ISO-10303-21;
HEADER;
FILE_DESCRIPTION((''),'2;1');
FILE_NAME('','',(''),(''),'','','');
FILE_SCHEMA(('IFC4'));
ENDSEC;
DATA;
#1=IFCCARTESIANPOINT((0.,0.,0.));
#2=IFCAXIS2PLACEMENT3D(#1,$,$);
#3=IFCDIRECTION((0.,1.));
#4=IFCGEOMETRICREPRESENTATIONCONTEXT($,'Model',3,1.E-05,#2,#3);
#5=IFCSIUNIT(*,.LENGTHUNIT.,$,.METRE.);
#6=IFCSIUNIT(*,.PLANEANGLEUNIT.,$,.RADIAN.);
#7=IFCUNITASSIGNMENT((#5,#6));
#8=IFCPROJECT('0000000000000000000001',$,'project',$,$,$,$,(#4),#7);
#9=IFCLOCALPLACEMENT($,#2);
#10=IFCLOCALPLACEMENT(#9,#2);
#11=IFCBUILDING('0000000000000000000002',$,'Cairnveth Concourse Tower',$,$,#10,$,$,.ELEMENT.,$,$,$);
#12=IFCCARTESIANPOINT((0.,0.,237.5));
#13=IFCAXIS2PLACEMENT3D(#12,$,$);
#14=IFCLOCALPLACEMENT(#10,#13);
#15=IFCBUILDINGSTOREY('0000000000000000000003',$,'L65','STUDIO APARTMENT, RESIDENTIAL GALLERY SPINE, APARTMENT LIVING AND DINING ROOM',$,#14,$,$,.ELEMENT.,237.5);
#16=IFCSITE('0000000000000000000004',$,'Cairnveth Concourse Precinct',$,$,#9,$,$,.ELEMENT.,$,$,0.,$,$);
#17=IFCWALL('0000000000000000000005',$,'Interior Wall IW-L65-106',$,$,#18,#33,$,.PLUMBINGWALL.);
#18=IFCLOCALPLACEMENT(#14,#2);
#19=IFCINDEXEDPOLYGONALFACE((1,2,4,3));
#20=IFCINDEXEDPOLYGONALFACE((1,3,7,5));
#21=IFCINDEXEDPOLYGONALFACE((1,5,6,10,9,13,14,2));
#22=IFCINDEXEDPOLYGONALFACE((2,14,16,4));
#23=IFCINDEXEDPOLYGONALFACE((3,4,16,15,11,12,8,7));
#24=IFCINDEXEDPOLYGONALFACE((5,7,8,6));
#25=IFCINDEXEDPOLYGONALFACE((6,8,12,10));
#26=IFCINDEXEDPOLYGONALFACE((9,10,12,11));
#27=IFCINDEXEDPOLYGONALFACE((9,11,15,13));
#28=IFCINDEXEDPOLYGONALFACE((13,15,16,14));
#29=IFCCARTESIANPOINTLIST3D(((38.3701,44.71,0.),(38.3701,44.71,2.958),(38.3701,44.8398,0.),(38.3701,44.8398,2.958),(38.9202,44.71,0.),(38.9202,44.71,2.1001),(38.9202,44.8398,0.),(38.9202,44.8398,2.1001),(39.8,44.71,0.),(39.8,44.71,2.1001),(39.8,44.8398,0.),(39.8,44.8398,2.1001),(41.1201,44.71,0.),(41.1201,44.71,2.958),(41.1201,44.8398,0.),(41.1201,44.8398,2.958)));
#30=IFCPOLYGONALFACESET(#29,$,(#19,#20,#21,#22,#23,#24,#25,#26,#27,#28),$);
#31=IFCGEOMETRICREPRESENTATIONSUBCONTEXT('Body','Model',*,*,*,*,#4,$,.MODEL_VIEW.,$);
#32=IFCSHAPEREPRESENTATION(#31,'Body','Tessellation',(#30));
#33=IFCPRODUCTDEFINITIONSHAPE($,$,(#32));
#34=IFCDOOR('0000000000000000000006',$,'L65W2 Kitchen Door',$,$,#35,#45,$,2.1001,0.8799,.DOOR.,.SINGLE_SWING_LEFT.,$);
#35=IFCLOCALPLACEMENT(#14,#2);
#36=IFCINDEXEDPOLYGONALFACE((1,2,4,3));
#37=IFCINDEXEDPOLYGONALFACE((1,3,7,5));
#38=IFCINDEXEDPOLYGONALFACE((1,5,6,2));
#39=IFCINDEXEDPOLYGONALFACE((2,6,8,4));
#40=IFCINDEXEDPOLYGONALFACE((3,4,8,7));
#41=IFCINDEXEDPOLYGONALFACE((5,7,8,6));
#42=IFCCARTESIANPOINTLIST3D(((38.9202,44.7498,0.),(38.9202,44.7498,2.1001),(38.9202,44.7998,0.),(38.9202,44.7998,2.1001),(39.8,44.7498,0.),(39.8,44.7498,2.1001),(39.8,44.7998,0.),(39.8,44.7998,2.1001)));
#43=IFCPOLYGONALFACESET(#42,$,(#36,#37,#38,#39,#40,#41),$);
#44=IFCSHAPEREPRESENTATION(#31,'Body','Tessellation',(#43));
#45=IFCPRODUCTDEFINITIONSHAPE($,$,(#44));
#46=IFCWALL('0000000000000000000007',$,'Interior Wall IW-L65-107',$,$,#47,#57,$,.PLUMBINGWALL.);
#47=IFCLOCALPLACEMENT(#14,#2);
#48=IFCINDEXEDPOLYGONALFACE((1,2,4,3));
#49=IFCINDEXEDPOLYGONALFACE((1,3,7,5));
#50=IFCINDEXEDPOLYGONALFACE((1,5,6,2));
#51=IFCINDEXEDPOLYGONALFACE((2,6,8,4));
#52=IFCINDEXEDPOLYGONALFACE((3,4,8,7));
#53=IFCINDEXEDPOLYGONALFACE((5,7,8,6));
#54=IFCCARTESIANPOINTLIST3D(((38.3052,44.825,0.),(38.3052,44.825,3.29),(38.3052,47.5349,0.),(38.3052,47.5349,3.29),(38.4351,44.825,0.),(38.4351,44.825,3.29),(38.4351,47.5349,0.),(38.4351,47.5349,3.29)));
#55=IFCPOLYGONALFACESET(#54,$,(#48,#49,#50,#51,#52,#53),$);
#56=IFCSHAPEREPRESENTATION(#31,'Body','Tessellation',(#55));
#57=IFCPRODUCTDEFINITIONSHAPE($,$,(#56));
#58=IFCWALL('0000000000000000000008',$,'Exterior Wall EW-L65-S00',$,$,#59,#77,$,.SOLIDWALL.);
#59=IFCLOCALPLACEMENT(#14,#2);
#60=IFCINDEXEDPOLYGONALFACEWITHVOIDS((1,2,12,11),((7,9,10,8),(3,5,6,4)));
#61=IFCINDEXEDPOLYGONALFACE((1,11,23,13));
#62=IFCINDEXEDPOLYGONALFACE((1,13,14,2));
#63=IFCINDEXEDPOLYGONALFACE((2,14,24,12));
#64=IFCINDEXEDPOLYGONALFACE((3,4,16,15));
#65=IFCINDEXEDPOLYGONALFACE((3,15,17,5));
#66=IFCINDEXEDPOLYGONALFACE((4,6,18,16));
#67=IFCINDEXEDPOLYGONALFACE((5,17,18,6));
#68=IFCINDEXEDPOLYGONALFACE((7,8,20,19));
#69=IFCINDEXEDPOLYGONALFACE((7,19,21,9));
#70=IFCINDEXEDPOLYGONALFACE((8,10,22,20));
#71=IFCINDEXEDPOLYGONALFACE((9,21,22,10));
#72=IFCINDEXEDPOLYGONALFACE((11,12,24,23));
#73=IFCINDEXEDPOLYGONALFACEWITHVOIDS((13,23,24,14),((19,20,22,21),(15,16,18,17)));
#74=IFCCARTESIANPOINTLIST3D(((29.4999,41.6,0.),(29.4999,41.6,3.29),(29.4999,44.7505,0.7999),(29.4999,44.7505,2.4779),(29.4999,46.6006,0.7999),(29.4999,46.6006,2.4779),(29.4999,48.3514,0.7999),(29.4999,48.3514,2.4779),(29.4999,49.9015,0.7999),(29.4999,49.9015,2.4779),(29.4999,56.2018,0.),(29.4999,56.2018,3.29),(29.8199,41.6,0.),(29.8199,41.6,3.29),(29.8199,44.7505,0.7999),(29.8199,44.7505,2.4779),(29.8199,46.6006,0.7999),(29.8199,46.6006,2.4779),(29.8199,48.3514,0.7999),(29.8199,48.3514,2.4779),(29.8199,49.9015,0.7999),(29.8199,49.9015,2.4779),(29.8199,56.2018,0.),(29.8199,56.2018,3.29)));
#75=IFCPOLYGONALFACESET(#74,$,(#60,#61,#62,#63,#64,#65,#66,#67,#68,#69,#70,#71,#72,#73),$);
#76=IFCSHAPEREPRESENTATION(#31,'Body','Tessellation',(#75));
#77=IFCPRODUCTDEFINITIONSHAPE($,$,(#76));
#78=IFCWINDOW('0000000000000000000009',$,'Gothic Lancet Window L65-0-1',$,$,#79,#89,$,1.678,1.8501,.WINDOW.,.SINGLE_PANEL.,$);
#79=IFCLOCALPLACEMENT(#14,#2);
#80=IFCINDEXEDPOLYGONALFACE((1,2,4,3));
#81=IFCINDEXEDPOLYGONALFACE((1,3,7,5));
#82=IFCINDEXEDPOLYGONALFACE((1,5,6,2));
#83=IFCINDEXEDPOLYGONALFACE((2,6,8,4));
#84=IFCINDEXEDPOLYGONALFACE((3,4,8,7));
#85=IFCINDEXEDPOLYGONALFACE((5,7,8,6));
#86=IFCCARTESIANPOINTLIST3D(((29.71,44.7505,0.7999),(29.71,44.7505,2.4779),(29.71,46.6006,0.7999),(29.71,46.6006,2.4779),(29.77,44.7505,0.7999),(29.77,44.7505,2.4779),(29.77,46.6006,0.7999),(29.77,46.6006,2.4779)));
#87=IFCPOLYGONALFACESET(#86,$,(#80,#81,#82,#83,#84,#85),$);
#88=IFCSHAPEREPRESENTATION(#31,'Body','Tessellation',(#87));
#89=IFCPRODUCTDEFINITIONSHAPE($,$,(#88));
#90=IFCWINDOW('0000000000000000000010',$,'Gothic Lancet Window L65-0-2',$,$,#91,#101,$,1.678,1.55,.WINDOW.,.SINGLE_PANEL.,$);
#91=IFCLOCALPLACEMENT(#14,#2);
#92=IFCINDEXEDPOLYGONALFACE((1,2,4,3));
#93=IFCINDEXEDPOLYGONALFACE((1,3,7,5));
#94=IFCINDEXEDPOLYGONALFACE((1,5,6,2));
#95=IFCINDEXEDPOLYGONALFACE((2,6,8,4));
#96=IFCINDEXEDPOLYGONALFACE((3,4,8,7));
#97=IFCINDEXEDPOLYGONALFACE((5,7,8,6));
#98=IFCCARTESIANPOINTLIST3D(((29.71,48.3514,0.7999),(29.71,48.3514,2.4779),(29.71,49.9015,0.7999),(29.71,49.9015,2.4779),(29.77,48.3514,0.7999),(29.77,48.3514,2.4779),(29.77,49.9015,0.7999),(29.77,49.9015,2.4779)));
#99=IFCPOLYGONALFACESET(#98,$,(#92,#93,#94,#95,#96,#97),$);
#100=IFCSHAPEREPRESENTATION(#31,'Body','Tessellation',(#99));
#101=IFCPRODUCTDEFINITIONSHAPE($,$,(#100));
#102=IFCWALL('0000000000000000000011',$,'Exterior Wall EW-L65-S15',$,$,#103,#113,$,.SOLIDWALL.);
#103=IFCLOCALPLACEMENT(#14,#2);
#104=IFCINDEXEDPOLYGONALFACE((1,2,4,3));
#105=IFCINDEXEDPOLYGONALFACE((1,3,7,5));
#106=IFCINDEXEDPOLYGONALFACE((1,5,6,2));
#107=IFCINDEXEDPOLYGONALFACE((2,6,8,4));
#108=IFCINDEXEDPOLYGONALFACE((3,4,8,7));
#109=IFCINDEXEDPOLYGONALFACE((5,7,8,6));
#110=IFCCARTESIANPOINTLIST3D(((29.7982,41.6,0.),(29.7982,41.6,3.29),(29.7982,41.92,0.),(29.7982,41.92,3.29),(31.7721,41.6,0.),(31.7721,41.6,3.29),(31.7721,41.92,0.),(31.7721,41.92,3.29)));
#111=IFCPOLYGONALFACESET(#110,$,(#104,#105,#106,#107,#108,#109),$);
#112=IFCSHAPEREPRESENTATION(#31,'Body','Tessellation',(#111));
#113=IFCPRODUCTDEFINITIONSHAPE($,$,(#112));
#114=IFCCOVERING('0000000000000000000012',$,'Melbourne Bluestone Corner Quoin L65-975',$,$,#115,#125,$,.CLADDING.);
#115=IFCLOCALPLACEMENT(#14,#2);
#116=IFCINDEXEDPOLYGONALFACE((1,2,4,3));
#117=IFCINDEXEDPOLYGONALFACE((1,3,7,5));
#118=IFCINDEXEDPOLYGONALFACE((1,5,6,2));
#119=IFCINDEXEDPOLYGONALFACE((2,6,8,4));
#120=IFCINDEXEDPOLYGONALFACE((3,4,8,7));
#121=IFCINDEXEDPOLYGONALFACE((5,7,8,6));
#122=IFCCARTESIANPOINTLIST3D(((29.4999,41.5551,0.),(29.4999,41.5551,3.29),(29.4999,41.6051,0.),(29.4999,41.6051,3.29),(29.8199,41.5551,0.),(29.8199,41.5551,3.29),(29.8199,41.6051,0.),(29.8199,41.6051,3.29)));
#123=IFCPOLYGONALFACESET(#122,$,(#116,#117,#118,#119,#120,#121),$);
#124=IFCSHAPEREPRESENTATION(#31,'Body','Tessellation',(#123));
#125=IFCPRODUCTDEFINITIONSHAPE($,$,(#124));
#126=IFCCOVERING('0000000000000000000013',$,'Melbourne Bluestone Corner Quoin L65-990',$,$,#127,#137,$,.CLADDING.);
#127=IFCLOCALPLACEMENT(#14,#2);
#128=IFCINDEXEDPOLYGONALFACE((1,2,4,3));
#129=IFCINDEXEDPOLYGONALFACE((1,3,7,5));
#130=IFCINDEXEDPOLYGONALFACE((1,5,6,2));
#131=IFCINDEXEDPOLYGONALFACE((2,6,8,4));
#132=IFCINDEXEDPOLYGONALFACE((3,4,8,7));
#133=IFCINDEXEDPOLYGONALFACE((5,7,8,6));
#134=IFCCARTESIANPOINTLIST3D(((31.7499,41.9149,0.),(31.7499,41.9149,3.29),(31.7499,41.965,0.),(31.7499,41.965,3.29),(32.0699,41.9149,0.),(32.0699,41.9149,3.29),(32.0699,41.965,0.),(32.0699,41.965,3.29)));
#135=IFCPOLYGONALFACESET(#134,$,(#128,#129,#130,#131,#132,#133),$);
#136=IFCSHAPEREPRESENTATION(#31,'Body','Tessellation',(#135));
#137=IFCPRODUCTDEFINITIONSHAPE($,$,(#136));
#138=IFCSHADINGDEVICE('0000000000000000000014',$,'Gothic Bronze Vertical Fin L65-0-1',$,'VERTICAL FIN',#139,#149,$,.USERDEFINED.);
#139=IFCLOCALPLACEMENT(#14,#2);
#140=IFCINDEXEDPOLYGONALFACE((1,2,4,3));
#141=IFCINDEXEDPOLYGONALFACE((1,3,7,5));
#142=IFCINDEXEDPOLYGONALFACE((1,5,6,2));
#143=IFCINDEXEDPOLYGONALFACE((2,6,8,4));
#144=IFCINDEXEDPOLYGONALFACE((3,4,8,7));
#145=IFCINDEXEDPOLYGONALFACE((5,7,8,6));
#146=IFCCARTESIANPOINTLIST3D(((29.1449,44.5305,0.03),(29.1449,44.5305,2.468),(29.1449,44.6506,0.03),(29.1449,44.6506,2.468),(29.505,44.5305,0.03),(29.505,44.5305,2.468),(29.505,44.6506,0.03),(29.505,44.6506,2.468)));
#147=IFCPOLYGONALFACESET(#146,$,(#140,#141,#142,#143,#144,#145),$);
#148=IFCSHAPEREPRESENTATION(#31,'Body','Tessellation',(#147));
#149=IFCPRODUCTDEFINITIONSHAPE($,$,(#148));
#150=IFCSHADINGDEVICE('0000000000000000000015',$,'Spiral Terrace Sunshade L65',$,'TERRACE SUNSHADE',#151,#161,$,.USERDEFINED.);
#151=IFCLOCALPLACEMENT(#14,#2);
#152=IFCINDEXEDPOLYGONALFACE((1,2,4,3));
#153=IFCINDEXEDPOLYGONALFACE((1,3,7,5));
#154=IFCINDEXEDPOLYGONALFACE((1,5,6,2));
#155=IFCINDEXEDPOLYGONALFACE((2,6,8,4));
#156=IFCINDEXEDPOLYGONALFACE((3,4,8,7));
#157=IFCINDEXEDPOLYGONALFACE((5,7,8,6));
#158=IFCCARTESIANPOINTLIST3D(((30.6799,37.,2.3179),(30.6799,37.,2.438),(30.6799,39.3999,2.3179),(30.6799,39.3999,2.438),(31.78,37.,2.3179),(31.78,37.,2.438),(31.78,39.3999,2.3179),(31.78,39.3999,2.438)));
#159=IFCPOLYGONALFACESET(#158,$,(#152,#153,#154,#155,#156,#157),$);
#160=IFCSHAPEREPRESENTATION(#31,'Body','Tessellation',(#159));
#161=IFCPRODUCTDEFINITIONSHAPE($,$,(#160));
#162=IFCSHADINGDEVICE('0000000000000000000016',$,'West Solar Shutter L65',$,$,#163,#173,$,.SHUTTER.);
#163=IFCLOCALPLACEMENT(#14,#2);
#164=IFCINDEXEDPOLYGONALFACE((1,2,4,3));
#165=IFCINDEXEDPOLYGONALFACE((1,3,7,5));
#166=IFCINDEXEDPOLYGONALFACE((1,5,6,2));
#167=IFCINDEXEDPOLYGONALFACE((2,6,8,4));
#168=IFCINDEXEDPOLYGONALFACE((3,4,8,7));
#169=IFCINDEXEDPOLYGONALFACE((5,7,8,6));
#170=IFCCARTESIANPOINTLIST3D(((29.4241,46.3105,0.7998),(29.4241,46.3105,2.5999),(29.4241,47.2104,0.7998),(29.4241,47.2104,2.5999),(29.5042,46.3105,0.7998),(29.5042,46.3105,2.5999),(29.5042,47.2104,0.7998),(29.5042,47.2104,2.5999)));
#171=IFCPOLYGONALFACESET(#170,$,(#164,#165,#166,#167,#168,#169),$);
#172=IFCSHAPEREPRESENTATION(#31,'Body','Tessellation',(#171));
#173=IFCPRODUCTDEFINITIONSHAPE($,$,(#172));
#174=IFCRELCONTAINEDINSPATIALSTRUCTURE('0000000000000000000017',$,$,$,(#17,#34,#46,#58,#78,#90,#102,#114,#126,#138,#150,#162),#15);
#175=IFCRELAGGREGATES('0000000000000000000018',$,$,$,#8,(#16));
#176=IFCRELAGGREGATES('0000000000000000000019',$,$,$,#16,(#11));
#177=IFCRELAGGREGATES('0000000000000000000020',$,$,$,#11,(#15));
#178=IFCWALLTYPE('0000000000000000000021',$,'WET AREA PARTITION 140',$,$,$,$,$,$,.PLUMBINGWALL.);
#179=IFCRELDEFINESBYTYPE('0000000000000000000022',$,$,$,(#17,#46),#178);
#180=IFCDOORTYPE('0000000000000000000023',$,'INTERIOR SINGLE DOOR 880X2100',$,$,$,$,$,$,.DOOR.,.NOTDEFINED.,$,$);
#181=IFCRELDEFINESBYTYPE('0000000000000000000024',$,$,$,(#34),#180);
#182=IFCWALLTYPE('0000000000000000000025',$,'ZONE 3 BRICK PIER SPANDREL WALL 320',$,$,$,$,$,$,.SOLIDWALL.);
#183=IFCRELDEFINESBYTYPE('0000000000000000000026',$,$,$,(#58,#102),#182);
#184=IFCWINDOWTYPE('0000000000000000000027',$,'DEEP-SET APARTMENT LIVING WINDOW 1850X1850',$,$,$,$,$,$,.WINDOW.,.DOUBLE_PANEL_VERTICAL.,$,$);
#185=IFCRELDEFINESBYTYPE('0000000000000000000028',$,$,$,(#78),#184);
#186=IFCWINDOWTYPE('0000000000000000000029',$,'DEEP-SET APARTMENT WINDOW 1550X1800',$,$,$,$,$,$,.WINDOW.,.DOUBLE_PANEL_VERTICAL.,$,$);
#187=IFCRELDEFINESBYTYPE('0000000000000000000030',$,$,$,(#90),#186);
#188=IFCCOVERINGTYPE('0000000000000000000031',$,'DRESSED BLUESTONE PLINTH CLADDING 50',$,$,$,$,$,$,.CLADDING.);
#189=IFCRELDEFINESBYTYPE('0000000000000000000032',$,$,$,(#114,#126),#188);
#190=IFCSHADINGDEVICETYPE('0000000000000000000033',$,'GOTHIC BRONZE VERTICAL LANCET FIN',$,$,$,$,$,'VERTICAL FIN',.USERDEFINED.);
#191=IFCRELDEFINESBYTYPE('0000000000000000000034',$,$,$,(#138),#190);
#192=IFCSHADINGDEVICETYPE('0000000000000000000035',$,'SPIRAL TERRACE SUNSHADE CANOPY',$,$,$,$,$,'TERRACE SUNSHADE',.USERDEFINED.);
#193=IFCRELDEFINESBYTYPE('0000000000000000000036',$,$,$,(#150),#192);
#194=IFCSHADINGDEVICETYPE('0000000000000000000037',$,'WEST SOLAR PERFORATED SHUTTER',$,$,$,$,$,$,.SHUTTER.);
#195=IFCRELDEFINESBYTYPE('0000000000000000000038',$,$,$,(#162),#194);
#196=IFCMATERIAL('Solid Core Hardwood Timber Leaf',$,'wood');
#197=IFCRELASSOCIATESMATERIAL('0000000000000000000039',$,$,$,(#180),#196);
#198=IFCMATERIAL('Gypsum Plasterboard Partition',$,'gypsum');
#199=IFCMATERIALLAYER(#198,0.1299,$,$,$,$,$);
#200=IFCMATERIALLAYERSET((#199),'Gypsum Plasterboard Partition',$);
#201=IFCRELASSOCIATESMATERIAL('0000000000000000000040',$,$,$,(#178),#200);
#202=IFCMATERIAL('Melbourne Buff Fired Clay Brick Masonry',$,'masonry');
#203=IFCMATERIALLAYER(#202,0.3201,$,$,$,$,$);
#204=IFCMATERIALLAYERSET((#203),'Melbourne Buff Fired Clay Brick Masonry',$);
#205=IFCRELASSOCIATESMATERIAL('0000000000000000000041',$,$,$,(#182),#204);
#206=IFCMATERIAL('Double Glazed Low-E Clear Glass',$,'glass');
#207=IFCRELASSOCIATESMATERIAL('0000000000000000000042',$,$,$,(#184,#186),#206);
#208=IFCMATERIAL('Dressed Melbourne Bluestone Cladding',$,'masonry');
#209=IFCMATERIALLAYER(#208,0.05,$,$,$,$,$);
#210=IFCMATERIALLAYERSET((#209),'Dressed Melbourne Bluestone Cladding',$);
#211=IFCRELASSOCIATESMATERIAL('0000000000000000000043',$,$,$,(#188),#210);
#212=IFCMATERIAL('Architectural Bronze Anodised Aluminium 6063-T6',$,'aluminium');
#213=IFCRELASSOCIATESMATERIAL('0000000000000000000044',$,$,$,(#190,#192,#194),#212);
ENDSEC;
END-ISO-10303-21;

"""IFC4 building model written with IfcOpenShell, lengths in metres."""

from ifc_helpers import new_model, si_unit, direction, frame, frame_2d, origin, origin_2d, place, context, subcontext, project, spatial, rectangle, extrude, material, layer, layer_set, type_object, element, fill, save


model = new_model("IFC4")

# Units and contexts
model_context = context("Model", 3, precision=1e-05, world=origin(), true_north=direction((0.0, 1.0)))
body_context = subcontext(model_context, "Body", "Model", "MODEL_VIEW")
ifc_project = project(units=[si_unit("LENGTHUNIT", "METRE"), si_unit("PLANEANGLEUNIT", "RADIAN")], contexts=[model_context])

# Site, building, storey
site_placement = place(None, origin())
site = spatial("IfcSite", under=ifc_project, at=site_placement, Name="Cairnveth Concourse Precinct", CompositionType="ELEMENT", RefElevation=0.0)
building_placement = place(site_placement, origin())
building = spatial("IfcBuilding", under=site, at=building_placement, Name="Cairnveth Concourse Tower", CompositionType="ELEMENT")
storey_placement = place(building_placement, frame((0.0, 0.0, 237.5)))
storey = spatial("IfcBuildingStorey", under=building, at=storey_placement, Name="L65", Description="STUDIO APARTMENT, RESIDENTIAL GALLERY SPINE, APARTMENT LIVING AND DINING ROOM", CompositionType="ELEMENT", Elevation=237.5)

# Shared definitions
ifc_material_1 = material(Name="Gypsum Plasterboard Partition", Category="gypsum")

# Shared definitions
ifc_material_2 = material(Name="Solid Core Hardwood Timber Leaf", Category="wood")
door_type_1 = type_object("IfcDoorType", Name="INTERIOR SINGLE DOOR 880X2100", OperationType="NOTDEFINED", PredefinedType="DOOR", material=ifc_material_2)
ifc_layer_1 = layer(ifc_material_1, 0.1299)
ifc_layer_set_1 = layer_set([ifc_layer_1], Name="Gypsum Plasterboard Partition")
wall_type_1 = type_object("IfcWallType", Name="WET AREA PARTITION 140", PredefinedType="PLUMBINGWALL", material=ifc_layer_set_1)

# Wall, opening, door
wall_1_placement = place(storey_placement, frame((38.3701, 44.7749, 0.0), z_axis=(0.0, 0.0, 1.0), x_axis=(1.0, 0.0, 0.0)))
wall_1 = element("IfcWall", 1, at=wall_1_placement, inside=storey, type_object=wall_type_1, Name="Interior Wall IW-L65-106", PredefinedType="PLUMBINGWALL", context=body_context, shape_type="SweptSolid", body=[
    extrude(rectangle(XDim=2.75, YDim=0.1299, at=frame_2d((1.375, 0.0))), origin(), (0.0, 0.0, 1.0), 2.958),
])
opening_1_placement = place(wall_1_placement, frame((0.55, 0.0, 0.0)))
opening_1 = element("IfcOpeningElement", 2, at=opening_1_placement, cuts=wall_1, PredefinedType="OPENING", context=body_context, shape_type="SweptSolid", body=[
    extrude(rectangle(XDim=0.8799, YDim=2.1001, at=frame_2d((0.4399, 1.05))), frame((0.0, 0.075, 0.0), z_axis=(0.0, -1.0, 0.0), x_axis=(1.0, 0.0, 0.0)), (0.0, 0.0, 1.0), 0.1499),
])
door_1_placement = place(opening_1_placement, origin())
door_1 = element("IfcDoor", 3, at=door_1_placement, inside=storey, type_object=door_type_1, Name="L65W2 Kitchen Door", OperationType="SINGLE_SWING_LEFT", OverallHeight=2.1001, OverallWidth=0.8799, PredefinedType="DOOR", context=body_context, shape_type="SweptSolid", body=[
    extrude(rectangle(XDim=0.8799, YDim=2.1001, at=frame_2d((0.4399, 1.05))), frame((0.0, 0.0249, 0.0), z_axis=(0.0, -1.0, 0.0), x_axis=(1.0, 0.0, 0.0)), (0.0, 0.0, 1.0), 0.05),
])
fill(opening_1, door_1)

# Wall
wall_2_placement = place(storey_placement, frame((38.3701, 44.825, 0.0), z_axis=(0.0, 0.0, 1.0), x_axis=(0.0, 1.0, 0.0)))
element("IfcWall", 4, at=wall_2_placement, inside=storey, type_object=wall_type_1, Name="Interior Wall IW-L65-107", PredefinedType="PLUMBINGWALL", context=body_context, shape_type="SweptSolid", body=[
    extrude(rectangle(XDim=2.71, YDim=0.1299, at=frame_2d((1.355, 0.0))), origin(), (0.0, 0.0, 1.0), 3.29),
])

# Wall, openings, windows
ifc_material_3 = material(Name="Melbourne Buff Fired Clay Brick Masonry", Category="masonry")
ifc_layer_2 = layer(ifc_material_3, 0.3201)
ifc_layer_set_2 = layer_set([ifc_layer_2], Name="Melbourne Buff Fired Clay Brick Masonry")
wall_type_2 = type_object("IfcWallType", Name="ZONE 3 BRICK PIER SPANDREL WALL 320", PredefinedType="SOLIDWALL", material=ifc_layer_set_2)
wall_3_placement = place(storey_placement, frame((29.6599, 41.6001, 0.0), z_axis=(0.0, 0.0, 1.0), x_axis=(0.0, 1.0, 0.0)))
wall_3 = element("IfcWall", 5, at=wall_3_placement, inside=storey, type_object=wall_type_2, Name="Exterior Wall EW-L65-S00", PredefinedType="SOLIDWALL", context=body_context, shape_type="SweptSolid", body=[
    extrude(rectangle(XDim=14.6018, YDim=0.3201, at=frame_2d((7.3008, 0.0))), origin(), (0.0, 0.0, 1.0), 3.29),
])
opening_2_placement = place(wall_3_placement, frame((3.1504, 0.0, 0.8)))
opening_2 = element("IfcOpeningElement", 6, at=opening_2_placement, cuts=wall_3, PredefinedType="OPENING", context=body_context, shape_type="SweptSolid", body=[
    extrude(rectangle(XDim=1.8501, YDim=1.678, at=frame_2d((0.925, 0.8389))), frame((0.0, 0.1699, 0.0), z_axis=(0.0, -1.0, 0.0), x_axis=(1.0, 0.0, 0.0)), (0.0, 0.0, 1.0), 0.3401),
])
opening_3_placement = place(wall_3_placement, frame((6.7515, 0.0, 0.8)))
opening_3 = element("IfcOpeningElement", 7, at=opening_3_placement, cuts=wall_3, PredefinedType="OPENING", context=body_context, shape_type="SweptSolid", body=[
    extrude(rectangle(XDim=1.55, YDim=1.678, at=frame_2d((0.7749, 0.8389))), frame((0.0, 0.1699, 0.0), z_axis=(0.0, -1.0, 0.0), x_axis=(1.0, 0.0, 0.0)), (0.0, 0.0, 1.0), 0.3401),
])
ifc_material_4 = material(Name="Double Glazed Low-E Clear Glass", Category="glass")
window_type_1 = type_object("IfcWindowType", Name="DEEP-SET APARTMENT LIVING WINDOW 1850X1850", PartitioningType="DOUBLE_PANEL_VERTICAL", PredefinedType="WINDOW", material=ifc_material_4)
window_1_placement = place(opening_2_placement, origin())
window_1 = element("IfcWindow", 8, at=window_1_placement, inside=storey, type_object=window_type_1, Name="Gothic Lancet Window L65-0-1", OverallHeight=1.678, OverallWidth=1.8501, PartitioningType="SINGLE_PANEL", PredefinedType="WINDOW", context=body_context, shape_type="SweptSolid", body=[
    extrude(rectangle(XDim=1.8501, YDim=1.678, at=frame_2d((0.925, 0.8389))), frame((0.0, -0.05, 0.0), z_axis=(0.0, -1.0, 0.0), x_axis=(1.0, 0.0, 0.0)), (0.0, 0.0, 1.0), 0.0601),
])
fill(opening_2, window_1)
window_type_2 = type_object("IfcWindowType", Name="DEEP-SET APARTMENT WINDOW 1550X1800", PartitioningType="DOUBLE_PANEL_VERTICAL", PredefinedType="WINDOW", material=ifc_material_4)
window_2_placement = place(opening_3_placement, origin())
window_2 = element("IfcWindow", 9, at=window_2_placement, inside=storey, type_object=window_type_2, Name="Gothic Lancet Window L65-0-2", OverallHeight=1.678, OverallWidth=1.55, PartitioningType="SINGLE_PANEL", PredefinedType="WINDOW", context=body_context, shape_type="SweptSolid", body=[
    extrude(rectangle(XDim=1.55, YDim=1.678, at=frame_2d((0.7749, 0.8389))), frame((0.0, -0.05, 0.0), z_axis=(0.0, -1.0, 0.0), x_axis=(1.0, 0.0, 0.0)), (0.0, 0.0, 1.0), 0.0601),
])
fill(opening_3, window_2)

# Wall
wall_4_placement = place(storey_placement, frame((31.772, 41.76, 0.0), z_axis=(0.0, 0.0, 1.0), x_axis=(-1.0, 0.0, 0.0)))
element("IfcWall", 10, at=wall_4_placement, inside=storey, type_object=wall_type_2, Name="Exterior Wall EW-L65-S15", PredefinedType="SOLIDWALL", context=body_context, shape_type="SweptSolid", body=[
    extrude(rectangle(XDim=1.9739, YDim=0.3201, at=frame_2d((0.9868, 0.0))), origin(), (0.0, 0.0, 1.0), 3.29),
])

# Coverings
ifc_material_5 = material(Name="Dressed Melbourne Bluestone Cladding", Category="masonry")
ifc_layer_3 = layer(ifc_material_5, 0.05)
ifc_layer_set_3 = layer_set([ifc_layer_3], Name="Dressed Melbourne Bluestone Cladding")
covering_type = type_object("IfcCoveringType", Name="DRESSED BLUESTONE PLINTH CLADDING 50", PredefinedType="CLADDING", material=ifc_layer_set_3)
for number, where, z_axis, x_axis, name in (
    (11, (29.8201, 41.5801, 0.0), (0.0, 0.0, 1.0), (-1.0, 0.0, 0.0), "Melbourne Bluestone Corner Quoin L65-975"),
    (12, (32.0701, 41.9399, 0.0), (0.0, 0.0, 1.0), (-1.0, 0.0, 0.0), "Melbourne Bluestone Corner Quoin L65-990"),
):
    element("IfcCovering", number, at=place(storey_placement, frame(where, z_axis=z_axis, x_axis=x_axis)), inside=storey, type_object=covering_type, Name=name, PredefinedType="CLADDING", context=body_context, shape_type="SweptSolid", body=[
        extrude(rectangle(XDim=0.3201, YDim=0.05, at=frame_2d((0.1602, 0.0))), origin(), (0.0, 0.0, 1.0), 3.29),
    ])

# Shading devices
ifc_material_6 = material(Name="Architectural Bronze Anodised Aluminium 6063-T6", Category="aluminium")
shading_device_type_1 = type_object("IfcShadingDeviceType", Name="GOTHIC BRONZE VERTICAL LANCET FIN", ElementType="VERTICAL FIN", PredefinedType="USERDEFINED", material=ifc_material_6)
shading_device_1_placement = place(storey_placement, frame((29.325, 44.5906, 0.03), z_axis=(0.0, 0.0, 1.0), x_axis=(0.0, 1.0, 0.0)))
element("IfcShadingDevice", 13, at=shading_device_1_placement, inside=storey, type_object=shading_device_type_1, Name="Gothic Bronze Vertical Fin L65-0-1", ObjectType="VERTICAL FIN", PredefinedType="USERDEFINED", context=body_context, shape_type="SweptSolid", body=[
    extrude(rectangle(XDim=0.1201, YDim=0.3601, at=origin_2d()), origin(), (0.0, 0.0, 1.0), 2.438),
])
shading_device_type_2 = type_object("IfcShadingDeviceType", Name="SPIRAL TERRACE SUNSHADE CANOPY", ElementType="TERRACE SUNSHADE", PredefinedType="USERDEFINED", material=ifc_material_6)
shading_device_2_placement = place(storey_placement, frame((31.23, 38.2, 2.3179), z_axis=(0.0, 0.0, 1.0), x_axis=(1.0, 0.0, 0.0)))
element("IfcShadingDevice", 14, at=shading_device_2_placement, inside=storey, type_object=shading_device_type_2, Name="Spiral Terrace Sunshade L65", ObjectType="TERRACE SUNSHADE", PredefinedType="USERDEFINED", context=body_context, shape_type="SweptSolid", body=[
    extrude(rectangle(XDim=1.1001, YDim=2.3999, at=origin_2d()), origin(), (0.0, 0.0, 1.0), 0.1201),
])
shading_device_type_3 = type_object("IfcShadingDeviceType", Name="WEST SOLAR PERFORATED SHUTTER", PredefinedType="SHUTTER", material=ifc_material_6)
shading_device_3_placement = place(storey_placement, frame((29.4641, 46.7605, 0.7998), z_axis=(0.0, 0.0, 1.0), x_axis=(1.0, 0.0, 0.0)))
element("IfcShadingDevice", 15, at=shading_device_3_placement, inside=storey, type_object=shading_device_type_3, Name="West Solar Shutter L65", PredefinedType="SHUTTER", context=body_context, shape_type="SweptSolid", body=[
    extrude(rectangle(XDim=0.0801, YDim=0.8999, at=origin_2d()), origin(), (0.0, 0.0, 1.0), 1.8),
])

save(model, "model.ifc")
